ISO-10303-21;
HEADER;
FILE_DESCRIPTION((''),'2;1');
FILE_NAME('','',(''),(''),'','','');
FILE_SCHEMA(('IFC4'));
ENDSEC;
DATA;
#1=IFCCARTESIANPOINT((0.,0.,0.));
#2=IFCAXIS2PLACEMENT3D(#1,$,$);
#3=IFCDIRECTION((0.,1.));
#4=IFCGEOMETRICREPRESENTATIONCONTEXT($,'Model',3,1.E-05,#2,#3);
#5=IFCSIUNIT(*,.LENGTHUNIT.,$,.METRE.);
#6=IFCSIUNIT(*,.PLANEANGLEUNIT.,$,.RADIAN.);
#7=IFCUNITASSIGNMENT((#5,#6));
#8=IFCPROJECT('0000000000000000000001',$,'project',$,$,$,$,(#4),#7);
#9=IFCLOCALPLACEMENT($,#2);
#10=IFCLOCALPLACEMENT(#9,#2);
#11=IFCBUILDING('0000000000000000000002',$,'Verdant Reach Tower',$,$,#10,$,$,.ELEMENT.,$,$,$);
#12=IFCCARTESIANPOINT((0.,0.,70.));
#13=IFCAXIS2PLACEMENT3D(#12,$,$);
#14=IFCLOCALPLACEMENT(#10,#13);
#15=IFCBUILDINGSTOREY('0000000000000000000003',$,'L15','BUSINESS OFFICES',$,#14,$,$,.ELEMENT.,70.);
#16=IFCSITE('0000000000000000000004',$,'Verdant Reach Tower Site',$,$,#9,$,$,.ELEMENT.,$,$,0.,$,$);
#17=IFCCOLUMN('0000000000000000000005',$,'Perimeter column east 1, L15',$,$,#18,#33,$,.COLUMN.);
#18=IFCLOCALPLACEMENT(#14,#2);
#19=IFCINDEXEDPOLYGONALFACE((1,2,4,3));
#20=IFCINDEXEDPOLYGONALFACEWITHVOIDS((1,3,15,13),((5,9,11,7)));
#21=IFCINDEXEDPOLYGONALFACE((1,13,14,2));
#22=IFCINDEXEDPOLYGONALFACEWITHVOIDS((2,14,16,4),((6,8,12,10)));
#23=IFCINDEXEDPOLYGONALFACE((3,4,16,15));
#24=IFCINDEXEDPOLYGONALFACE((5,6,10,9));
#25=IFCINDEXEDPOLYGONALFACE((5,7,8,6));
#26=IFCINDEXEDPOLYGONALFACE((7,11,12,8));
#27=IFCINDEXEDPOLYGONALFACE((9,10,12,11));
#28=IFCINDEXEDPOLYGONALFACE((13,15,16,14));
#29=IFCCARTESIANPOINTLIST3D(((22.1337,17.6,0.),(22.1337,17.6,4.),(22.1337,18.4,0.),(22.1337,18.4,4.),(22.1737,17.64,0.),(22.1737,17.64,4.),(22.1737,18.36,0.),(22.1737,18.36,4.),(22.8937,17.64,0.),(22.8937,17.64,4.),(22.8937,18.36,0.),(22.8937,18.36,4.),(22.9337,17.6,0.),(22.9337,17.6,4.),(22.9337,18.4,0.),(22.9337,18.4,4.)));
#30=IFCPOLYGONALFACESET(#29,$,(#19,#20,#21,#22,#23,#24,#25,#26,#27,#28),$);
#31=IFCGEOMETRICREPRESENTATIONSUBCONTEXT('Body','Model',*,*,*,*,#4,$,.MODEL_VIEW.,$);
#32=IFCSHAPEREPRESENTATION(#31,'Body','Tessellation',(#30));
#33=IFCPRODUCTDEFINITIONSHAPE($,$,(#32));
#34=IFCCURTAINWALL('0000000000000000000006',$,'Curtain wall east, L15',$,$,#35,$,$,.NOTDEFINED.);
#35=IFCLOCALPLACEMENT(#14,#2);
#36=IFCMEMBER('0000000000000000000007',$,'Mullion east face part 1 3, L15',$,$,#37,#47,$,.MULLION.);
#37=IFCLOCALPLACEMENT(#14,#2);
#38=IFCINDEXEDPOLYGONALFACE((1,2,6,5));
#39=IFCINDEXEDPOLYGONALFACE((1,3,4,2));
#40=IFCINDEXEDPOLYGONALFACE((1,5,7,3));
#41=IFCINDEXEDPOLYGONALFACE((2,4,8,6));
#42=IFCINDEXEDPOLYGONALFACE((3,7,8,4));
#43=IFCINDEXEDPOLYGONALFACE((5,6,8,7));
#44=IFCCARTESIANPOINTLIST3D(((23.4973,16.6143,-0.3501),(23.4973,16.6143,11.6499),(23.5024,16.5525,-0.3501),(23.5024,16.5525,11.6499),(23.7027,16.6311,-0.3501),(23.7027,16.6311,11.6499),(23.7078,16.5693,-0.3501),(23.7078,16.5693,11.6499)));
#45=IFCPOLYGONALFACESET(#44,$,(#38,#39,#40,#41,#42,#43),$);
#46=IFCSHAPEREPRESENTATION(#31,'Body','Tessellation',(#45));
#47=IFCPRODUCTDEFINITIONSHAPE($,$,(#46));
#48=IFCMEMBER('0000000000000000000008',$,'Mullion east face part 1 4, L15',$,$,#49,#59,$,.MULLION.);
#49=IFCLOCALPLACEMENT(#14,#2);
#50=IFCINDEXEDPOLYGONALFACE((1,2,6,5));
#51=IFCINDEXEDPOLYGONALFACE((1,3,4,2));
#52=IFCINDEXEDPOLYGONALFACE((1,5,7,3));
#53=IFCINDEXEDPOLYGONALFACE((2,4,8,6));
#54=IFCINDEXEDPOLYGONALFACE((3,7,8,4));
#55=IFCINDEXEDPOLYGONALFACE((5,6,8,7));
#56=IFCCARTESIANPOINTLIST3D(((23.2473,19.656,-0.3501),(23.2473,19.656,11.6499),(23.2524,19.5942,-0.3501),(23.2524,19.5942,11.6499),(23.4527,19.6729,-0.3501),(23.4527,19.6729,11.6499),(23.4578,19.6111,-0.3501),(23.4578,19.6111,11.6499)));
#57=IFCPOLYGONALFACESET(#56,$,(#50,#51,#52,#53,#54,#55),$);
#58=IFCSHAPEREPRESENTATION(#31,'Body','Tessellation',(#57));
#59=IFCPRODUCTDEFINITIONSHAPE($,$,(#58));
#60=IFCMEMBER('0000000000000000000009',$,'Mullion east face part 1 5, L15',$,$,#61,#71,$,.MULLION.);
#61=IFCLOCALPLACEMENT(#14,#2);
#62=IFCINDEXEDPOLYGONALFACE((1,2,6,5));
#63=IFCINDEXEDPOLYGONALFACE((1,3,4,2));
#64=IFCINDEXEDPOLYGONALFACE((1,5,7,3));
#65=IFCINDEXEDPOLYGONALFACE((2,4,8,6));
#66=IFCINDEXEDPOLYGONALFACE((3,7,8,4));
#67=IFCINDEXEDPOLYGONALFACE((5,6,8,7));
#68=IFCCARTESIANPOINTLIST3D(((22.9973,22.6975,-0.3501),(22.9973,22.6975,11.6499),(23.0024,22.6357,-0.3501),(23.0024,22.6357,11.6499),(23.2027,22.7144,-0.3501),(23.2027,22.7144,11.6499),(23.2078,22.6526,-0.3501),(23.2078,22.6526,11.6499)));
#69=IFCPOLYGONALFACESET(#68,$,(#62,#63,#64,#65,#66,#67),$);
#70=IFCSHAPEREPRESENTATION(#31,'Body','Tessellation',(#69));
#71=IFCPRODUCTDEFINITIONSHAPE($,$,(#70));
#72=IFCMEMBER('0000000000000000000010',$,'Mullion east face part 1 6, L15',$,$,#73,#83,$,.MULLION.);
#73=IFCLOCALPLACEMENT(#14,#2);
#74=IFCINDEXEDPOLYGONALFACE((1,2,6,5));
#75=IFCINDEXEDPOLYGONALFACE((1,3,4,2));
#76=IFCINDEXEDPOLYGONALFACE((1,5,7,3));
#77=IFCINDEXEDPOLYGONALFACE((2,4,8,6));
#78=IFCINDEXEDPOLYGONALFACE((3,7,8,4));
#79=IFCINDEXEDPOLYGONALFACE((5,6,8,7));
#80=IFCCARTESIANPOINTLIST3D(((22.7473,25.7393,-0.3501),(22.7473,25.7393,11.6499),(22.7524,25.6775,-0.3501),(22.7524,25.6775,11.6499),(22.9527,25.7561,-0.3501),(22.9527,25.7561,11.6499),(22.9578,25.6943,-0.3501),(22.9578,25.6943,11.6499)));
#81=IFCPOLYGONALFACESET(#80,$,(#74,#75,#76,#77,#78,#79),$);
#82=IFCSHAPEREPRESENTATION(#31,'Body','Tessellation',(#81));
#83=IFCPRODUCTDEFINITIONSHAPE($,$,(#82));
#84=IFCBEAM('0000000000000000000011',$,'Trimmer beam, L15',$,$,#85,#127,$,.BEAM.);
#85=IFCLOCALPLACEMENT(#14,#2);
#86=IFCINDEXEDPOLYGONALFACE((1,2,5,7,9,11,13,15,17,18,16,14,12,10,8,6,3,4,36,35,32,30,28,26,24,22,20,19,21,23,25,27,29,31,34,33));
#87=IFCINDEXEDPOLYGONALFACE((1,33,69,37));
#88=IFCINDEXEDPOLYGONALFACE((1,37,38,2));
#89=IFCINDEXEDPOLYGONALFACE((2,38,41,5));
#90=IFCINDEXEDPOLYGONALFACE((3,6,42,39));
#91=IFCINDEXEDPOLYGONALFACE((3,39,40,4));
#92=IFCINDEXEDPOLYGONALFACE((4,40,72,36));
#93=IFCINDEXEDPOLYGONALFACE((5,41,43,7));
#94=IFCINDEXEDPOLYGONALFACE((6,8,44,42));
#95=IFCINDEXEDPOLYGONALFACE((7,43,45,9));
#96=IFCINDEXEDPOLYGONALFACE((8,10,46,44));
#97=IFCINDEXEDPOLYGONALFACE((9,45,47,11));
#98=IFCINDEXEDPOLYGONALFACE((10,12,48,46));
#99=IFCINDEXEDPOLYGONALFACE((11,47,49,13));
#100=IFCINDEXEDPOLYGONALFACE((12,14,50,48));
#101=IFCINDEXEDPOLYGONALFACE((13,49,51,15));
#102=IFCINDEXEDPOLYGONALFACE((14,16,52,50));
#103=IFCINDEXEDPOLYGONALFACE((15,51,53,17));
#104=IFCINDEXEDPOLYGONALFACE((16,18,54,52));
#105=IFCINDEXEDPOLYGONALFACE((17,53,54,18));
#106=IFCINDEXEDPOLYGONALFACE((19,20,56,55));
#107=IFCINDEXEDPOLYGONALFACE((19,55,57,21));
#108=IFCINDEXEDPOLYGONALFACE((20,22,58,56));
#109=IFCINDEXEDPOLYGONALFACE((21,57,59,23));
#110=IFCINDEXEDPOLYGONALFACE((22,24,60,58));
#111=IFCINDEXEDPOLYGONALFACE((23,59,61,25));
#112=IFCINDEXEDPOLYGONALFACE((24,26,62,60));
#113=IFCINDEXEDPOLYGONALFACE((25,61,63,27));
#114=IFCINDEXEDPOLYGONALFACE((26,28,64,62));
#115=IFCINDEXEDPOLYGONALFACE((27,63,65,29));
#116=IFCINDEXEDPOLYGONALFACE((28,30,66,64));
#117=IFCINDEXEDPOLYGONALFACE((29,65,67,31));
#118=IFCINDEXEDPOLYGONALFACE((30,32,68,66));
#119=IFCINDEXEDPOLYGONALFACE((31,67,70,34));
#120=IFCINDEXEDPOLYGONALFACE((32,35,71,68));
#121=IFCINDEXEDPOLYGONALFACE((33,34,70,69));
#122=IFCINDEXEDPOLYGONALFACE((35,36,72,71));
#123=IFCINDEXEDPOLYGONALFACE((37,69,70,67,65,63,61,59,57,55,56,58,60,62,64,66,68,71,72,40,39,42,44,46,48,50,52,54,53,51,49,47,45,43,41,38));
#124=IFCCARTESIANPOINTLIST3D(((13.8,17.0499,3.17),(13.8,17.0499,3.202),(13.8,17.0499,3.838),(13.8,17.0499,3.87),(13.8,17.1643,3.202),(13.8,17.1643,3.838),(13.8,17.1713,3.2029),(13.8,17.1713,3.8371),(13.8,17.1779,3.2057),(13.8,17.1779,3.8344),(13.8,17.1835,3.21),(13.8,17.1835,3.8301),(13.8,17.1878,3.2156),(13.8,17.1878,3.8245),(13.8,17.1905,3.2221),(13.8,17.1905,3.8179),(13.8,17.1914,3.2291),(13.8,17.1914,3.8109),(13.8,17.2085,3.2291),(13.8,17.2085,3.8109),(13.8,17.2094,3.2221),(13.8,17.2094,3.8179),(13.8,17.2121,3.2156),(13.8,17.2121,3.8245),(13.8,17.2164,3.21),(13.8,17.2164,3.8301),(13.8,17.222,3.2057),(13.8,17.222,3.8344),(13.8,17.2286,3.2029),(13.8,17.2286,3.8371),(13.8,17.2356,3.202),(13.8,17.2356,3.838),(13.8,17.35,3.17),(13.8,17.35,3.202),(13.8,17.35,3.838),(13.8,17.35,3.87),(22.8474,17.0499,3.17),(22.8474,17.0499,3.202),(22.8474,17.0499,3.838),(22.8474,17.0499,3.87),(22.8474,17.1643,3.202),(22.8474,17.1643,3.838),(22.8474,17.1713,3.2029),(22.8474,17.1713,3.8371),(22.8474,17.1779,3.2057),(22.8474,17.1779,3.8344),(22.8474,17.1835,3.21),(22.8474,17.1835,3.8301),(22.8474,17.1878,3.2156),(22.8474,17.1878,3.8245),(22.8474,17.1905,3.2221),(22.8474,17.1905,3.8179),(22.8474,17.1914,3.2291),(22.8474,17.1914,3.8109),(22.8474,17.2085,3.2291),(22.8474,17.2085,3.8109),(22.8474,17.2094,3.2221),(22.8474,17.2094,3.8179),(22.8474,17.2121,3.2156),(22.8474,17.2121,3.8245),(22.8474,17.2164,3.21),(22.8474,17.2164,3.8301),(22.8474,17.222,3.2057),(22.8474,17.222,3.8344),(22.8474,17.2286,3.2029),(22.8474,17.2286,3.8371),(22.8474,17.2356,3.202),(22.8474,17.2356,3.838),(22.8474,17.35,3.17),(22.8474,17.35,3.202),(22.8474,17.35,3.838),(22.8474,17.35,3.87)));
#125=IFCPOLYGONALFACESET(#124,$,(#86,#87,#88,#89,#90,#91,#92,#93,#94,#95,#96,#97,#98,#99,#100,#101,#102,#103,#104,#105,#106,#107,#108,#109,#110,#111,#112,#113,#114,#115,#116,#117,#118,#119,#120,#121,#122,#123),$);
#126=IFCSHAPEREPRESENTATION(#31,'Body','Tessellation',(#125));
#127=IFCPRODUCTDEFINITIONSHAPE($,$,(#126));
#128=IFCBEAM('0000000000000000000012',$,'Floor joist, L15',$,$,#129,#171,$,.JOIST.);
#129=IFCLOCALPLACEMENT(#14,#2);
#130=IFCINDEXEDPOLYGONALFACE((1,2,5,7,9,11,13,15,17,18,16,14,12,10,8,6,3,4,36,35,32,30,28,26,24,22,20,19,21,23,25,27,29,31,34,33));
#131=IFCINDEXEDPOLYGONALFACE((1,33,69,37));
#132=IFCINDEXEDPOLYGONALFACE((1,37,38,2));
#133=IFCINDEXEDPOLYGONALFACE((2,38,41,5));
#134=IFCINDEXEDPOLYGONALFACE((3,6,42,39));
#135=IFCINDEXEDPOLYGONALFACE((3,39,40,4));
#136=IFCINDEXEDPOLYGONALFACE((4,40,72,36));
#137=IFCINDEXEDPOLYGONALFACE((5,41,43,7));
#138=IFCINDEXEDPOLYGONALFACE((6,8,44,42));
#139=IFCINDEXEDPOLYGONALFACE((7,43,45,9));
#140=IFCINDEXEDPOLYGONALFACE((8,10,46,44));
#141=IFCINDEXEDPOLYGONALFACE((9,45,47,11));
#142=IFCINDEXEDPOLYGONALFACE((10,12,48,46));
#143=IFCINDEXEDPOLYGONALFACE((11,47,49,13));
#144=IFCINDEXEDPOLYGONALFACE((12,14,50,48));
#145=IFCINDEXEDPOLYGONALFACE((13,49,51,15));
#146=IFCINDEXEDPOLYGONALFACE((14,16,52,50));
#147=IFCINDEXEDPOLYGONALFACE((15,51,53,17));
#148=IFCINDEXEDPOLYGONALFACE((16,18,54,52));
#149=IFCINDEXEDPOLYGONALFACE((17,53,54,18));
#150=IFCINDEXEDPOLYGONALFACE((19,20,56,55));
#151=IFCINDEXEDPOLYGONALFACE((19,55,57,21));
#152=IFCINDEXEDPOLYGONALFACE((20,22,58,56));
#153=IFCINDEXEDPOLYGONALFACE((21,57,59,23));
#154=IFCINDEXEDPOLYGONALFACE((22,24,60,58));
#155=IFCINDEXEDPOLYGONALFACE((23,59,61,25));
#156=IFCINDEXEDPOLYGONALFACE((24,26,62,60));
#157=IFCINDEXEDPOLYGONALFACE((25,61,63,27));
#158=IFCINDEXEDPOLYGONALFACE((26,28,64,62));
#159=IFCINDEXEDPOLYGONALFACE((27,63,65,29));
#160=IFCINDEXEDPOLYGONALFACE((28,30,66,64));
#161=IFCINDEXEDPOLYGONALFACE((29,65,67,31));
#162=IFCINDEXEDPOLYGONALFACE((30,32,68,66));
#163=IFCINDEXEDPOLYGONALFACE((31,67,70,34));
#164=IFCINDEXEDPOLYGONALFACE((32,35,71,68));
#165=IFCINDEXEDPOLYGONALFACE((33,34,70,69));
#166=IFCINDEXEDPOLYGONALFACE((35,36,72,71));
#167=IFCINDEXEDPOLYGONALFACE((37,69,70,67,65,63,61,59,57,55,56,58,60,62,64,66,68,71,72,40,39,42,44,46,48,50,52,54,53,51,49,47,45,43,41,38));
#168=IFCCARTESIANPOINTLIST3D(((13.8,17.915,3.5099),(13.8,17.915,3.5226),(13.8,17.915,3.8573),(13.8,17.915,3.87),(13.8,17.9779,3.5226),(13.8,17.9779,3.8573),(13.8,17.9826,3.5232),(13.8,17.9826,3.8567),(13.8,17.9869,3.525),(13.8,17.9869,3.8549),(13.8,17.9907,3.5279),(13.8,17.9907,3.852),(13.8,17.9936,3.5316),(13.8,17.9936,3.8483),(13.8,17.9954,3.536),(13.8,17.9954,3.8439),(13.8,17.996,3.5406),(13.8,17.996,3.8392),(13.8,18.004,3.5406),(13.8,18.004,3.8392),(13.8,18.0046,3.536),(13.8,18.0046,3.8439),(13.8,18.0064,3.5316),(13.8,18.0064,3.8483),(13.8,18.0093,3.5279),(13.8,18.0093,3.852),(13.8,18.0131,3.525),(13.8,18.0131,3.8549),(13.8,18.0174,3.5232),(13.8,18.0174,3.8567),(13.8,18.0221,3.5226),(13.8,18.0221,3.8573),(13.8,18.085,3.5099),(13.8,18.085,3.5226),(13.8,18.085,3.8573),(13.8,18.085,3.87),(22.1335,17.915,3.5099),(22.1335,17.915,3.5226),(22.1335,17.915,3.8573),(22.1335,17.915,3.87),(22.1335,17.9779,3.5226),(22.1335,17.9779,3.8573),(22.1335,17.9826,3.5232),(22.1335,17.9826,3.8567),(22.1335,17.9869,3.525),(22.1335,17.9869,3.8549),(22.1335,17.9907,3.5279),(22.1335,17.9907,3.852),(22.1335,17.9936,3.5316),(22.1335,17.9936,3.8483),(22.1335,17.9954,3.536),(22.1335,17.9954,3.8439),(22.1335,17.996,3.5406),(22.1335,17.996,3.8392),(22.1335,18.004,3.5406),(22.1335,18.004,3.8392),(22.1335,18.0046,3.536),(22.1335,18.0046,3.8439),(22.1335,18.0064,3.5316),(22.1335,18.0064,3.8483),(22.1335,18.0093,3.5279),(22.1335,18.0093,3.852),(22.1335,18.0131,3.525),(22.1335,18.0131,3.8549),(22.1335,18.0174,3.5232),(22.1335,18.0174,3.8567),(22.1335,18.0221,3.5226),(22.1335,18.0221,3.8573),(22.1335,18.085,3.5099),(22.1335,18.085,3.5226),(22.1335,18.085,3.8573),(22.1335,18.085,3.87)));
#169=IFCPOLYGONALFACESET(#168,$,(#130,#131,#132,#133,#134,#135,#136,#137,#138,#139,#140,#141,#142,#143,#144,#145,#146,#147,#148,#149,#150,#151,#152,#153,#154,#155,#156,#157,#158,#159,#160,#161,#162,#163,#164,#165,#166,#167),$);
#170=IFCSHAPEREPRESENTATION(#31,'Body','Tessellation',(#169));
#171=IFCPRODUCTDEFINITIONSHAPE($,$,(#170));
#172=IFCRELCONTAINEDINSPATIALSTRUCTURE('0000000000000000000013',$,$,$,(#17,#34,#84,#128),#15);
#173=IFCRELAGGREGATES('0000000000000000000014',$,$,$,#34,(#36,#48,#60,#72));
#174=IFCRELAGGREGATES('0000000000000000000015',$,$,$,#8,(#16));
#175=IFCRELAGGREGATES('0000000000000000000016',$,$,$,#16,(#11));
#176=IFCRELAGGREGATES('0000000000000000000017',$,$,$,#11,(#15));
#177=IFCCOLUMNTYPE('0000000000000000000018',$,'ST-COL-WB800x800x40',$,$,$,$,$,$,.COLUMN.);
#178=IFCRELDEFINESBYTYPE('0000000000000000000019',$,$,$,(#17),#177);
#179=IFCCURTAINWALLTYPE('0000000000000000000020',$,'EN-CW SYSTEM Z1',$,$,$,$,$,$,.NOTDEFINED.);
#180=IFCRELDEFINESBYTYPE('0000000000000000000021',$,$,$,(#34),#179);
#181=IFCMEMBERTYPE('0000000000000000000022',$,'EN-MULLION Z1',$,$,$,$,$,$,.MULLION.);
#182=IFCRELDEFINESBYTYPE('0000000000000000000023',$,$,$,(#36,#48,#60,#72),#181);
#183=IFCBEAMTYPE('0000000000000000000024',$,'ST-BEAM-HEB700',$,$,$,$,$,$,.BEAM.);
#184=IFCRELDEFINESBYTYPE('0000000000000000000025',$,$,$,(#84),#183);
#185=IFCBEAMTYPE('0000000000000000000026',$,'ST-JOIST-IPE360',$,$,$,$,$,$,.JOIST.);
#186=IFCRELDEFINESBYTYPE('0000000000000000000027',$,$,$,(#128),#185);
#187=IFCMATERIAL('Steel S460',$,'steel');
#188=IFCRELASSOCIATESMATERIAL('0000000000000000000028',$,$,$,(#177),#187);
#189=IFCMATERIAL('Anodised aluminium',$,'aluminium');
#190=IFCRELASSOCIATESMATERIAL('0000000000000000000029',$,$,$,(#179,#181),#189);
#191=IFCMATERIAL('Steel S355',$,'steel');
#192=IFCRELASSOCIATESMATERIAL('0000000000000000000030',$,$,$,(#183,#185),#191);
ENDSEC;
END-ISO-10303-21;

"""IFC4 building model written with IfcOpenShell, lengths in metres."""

from ifc_helpers import new_model, si_unit, direction, frame, origin, origin_2d, place, context, subcontext, project, spatial, rectangle, hollow_rectangle, i_section, extrude, material, material_profile, profile_set, type_object, element, aggregate, save


model = new_model("IFC4")

# Units and contexts
model_context = context("Model", 3, precision=1e-05, world=origin(), true_north=direction((0.0, 1.0)))
body_context = subcontext(model_context, "Body", "Model", "MODEL_VIEW")
ifc_project = project(units=[si_unit("LENGTHUNIT", "METRE"), si_unit("PLANEANGLEUNIT", "RADIAN")], contexts=[model_context])

# Site, building, storey
site_placement = place(None, origin())
site = spatial("IfcSite", under=ifc_project, at=site_placement, Name="Verdant Reach Tower Site", CompositionType="ELEMENT", RefElevation=0.0)
building_placement = place(site_placement, origin())
building = spatial("IfcBuilding", under=site, at=building_placement, Name="Verdant Reach Tower", CompositionType="ELEMENT")
storey_placement = place(building_placement, frame((0.0, 0.0, 70.0)))
storey = spatial("IfcBuildingStorey", under=building, at=storey_placement, Name="L15", Description="BUSINESS OFFICES", CompositionType="ELEMENT", Elevation=70.0)

# Column
ifc_material_1 = material(Name="Steel S460", Category="steel")
ifc_material_profile_1 = material_profile(ifc_material_1, hollow_rectangle(XDim=0.8, YDim=0.8, WallThickness=0.04, at=origin_2d()), Name="WB 800x800x40")
ifc_profile_set_1 = profile_set([ifc_material_profile_1], Name="Steel S460")
column_type = type_object("IfcColumnType", Name="ST-COL-WB800x800x40", PredefinedType="COLUMN", material=ifc_profile_set_1)
column_placement = place(storey_placement, frame((22.5337, 18.0, 0.0), z_axis=(0.0, 0.0, 1.0), x_axis=(1.0, 0.0, 0.0)))
element("IfcColumn", 1, at=column_placement, inside=storey, type_object=column_type, Name="Perimeter column east 1, L15", PredefinedType="COLUMN", context=body_context, shape_type="SweptSolid", body=[
    extrude(hollow_rectangle(XDim=0.8, YDim=0.8, WallThickness=0.04, at=origin_2d()), origin(), (0.0, 0.0, 1.0), 4.0),
])

# Curtain wall, members
ifc_material_2 = material(Name="Anodised aluminium", Category="aluminium")
curtain_wall_type = type_object("IfcCurtainWallType", Name="EN-CW SYSTEM Z1", PredefinedType="NOTDEFINED", material=ifc_material_2)
curtain_wall_placement = place(storey_placement, origin())
curtain_wall = element("IfcCurtainWall", 2, at=curtain_wall_placement, inside=storey, type_object=curtain_wall_type, Name="Curtain wall east, L15", PredefinedType="NOTDEFINED")
ifc_material_profile_2 = material_profile(ifc_material_2, rectangle(XDim=0.2061, YDim=0.062, at=origin_2d()), Name="Mullion 62x206")
ifc_profile_set_2 = profile_set([ifc_material_profile_2], Name="Anodised aluminium")
member_type = type_object("IfcMemberType", Name="EN-MULLION Z1", PredefinedType="MULLION", material=ifc_profile_set_2)
member_1_placement = place(storey_placement, frame((23.6025, 16.5918, -0.3501), z_axis=(0.0, 0.0, 1.0), x_axis=(0.996639, 0.081916, 0.0)))
member_1 = element("IfcMember", 3, at=member_1_placement, type_object=member_type, Name="Mullion east face part 1 3, L15", PredefinedType="MULLION", context=body_context, shape_type="SweptSolid", body=[
    extrude(rectangle(XDim=0.2061, YDim=0.062, at=origin_2d()), origin(), (0.0, 0.0, 1.0), 12.0),
])
member_2_placement = place(storey_placement, frame((23.3525, 19.6335, -0.3501), z_axis=(0.0, 0.0, 1.0), x_axis=(0.996639, 0.081916, 0.0)))
member_2 = element("IfcMember", 4, at=member_2_placement, type_object=member_type, Name="Mullion east face part 1 4, L15", PredefinedType="MULLION", context=body_context, shape_type="SweptSolid", body=[
    extrude(rectangle(XDim=0.2061, YDim=0.062, at=origin_2d()), origin(), (0.0, 0.0, 1.0), 12.0),
])
member_3_placement = place(storey_placement, frame((23.1025, 22.675, -0.3501), z_axis=(0.0, 0.0, 1.0), x_axis=(0.996639, 0.081916, 0.0)))
member_3 = element("IfcMember", 5, at=member_3_placement, type_object=member_type, Name="Mullion east face part 1 5, L15", PredefinedType="MULLION", context=body_context, shape_type="SweptSolid", body=[
    extrude(rectangle(XDim=0.2061, YDim=0.062, at=origin_2d()), origin(), (0.0, 0.0, 1.0), 12.0),
])
member_4_placement = place(storey_placement, frame((22.8525, 25.7168, -0.3501), z_axis=(0.0, 0.0, 1.0), x_axis=(0.996639, 0.081916, 0.0)))
member_4 = element("IfcMember", 6, at=member_4_placement, type_object=member_type, Name="Mullion east face part 1 6, L15", PredefinedType="MULLION", context=body_context, shape_type="SweptSolid", body=[
    extrude(rectangle(XDim=0.2061, YDim=0.062, at=origin_2d()), origin(), (0.0, 0.0, 1.0), 12.0),
])

# Beams
ifc_material_3 = material(Name="Steel S355", Category="steel")
ifc_material_profile_3 = material_profile(ifc_material_3, i_section(OverallWidth=0.3, OverallDepth=0.7, WebThickness=0.0171, FlangeThickness=0.032, FilletRadius=0.0271, at=origin_2d()), Name="HEB 700")
ifc_profile_set_3 = profile_set([ifc_material_profile_3], Name="Steel S355")
beam_type_1 = type_object("IfcBeamType", Name="ST-BEAM-HEB700", PredefinedType="BEAM", material=ifc_profile_set_3)
beam_1_placement = place(storey_placement, frame((13.8, 17.2, 3.52), z_axis=(1.0, 0.0, 0.0), x_axis=(0.0, 1.0, 0.0)))
element("IfcBeam", 7, at=beam_1_placement, inside=storey, type_object=beam_type_1, Name="Trimmer beam, L15", PredefinedType="BEAM", context=body_context, shape_type="SweptSolid", body=[
    extrude(i_section(OverallWidth=0.3, OverallDepth=0.7, WebThickness=0.0171, FlangeThickness=0.032, FilletRadius=0.0271, at=origin_2d()), origin(), (0.0, 0.0, 1.0), 9.0474),
])
ifc_material_profile_4 = material_profile(ifc_material_3, i_section(OverallWidth=0.1699, OverallDepth=0.3601, WebThickness=0.0081, FlangeThickness=0.0127, FilletRadius=0.0181, at=origin_2d()), Name="IPE 360")
ifc_profile_set_4 = profile_set([ifc_material_profile_4], Name="Steel S355")
beam_type_2 = type_object("IfcBeamType", Name="ST-JOIST-IPE360", PredefinedType="JOIST", material=ifc_profile_set_4)
beam_2_placement = place(storey_placement, frame((13.8, 18.0, 3.6899), z_axis=(1.0, 0.0, 0.0), x_axis=(0.0, 1.0, 0.0)))
element("IfcBeam", 8, at=beam_2_placement, inside=storey, type_object=beam_type_2, Name="Floor joist, L15", PredefinedType="JOIST", context=body_context, shape_type="SweptSolid", body=[
    extrude(i_section(OverallWidth=0.1699, OverallDepth=0.3601, WebThickness=0.0081, FlangeThickness=0.0127, FilletRadius=0.0181, at=origin_2d()), origin(), (0.0, 0.0, 1.0), 8.3335),
])

aggregate(curtain_wall, [member_1, member_2, member_3, member_4])

save(model, "model.ifc")
